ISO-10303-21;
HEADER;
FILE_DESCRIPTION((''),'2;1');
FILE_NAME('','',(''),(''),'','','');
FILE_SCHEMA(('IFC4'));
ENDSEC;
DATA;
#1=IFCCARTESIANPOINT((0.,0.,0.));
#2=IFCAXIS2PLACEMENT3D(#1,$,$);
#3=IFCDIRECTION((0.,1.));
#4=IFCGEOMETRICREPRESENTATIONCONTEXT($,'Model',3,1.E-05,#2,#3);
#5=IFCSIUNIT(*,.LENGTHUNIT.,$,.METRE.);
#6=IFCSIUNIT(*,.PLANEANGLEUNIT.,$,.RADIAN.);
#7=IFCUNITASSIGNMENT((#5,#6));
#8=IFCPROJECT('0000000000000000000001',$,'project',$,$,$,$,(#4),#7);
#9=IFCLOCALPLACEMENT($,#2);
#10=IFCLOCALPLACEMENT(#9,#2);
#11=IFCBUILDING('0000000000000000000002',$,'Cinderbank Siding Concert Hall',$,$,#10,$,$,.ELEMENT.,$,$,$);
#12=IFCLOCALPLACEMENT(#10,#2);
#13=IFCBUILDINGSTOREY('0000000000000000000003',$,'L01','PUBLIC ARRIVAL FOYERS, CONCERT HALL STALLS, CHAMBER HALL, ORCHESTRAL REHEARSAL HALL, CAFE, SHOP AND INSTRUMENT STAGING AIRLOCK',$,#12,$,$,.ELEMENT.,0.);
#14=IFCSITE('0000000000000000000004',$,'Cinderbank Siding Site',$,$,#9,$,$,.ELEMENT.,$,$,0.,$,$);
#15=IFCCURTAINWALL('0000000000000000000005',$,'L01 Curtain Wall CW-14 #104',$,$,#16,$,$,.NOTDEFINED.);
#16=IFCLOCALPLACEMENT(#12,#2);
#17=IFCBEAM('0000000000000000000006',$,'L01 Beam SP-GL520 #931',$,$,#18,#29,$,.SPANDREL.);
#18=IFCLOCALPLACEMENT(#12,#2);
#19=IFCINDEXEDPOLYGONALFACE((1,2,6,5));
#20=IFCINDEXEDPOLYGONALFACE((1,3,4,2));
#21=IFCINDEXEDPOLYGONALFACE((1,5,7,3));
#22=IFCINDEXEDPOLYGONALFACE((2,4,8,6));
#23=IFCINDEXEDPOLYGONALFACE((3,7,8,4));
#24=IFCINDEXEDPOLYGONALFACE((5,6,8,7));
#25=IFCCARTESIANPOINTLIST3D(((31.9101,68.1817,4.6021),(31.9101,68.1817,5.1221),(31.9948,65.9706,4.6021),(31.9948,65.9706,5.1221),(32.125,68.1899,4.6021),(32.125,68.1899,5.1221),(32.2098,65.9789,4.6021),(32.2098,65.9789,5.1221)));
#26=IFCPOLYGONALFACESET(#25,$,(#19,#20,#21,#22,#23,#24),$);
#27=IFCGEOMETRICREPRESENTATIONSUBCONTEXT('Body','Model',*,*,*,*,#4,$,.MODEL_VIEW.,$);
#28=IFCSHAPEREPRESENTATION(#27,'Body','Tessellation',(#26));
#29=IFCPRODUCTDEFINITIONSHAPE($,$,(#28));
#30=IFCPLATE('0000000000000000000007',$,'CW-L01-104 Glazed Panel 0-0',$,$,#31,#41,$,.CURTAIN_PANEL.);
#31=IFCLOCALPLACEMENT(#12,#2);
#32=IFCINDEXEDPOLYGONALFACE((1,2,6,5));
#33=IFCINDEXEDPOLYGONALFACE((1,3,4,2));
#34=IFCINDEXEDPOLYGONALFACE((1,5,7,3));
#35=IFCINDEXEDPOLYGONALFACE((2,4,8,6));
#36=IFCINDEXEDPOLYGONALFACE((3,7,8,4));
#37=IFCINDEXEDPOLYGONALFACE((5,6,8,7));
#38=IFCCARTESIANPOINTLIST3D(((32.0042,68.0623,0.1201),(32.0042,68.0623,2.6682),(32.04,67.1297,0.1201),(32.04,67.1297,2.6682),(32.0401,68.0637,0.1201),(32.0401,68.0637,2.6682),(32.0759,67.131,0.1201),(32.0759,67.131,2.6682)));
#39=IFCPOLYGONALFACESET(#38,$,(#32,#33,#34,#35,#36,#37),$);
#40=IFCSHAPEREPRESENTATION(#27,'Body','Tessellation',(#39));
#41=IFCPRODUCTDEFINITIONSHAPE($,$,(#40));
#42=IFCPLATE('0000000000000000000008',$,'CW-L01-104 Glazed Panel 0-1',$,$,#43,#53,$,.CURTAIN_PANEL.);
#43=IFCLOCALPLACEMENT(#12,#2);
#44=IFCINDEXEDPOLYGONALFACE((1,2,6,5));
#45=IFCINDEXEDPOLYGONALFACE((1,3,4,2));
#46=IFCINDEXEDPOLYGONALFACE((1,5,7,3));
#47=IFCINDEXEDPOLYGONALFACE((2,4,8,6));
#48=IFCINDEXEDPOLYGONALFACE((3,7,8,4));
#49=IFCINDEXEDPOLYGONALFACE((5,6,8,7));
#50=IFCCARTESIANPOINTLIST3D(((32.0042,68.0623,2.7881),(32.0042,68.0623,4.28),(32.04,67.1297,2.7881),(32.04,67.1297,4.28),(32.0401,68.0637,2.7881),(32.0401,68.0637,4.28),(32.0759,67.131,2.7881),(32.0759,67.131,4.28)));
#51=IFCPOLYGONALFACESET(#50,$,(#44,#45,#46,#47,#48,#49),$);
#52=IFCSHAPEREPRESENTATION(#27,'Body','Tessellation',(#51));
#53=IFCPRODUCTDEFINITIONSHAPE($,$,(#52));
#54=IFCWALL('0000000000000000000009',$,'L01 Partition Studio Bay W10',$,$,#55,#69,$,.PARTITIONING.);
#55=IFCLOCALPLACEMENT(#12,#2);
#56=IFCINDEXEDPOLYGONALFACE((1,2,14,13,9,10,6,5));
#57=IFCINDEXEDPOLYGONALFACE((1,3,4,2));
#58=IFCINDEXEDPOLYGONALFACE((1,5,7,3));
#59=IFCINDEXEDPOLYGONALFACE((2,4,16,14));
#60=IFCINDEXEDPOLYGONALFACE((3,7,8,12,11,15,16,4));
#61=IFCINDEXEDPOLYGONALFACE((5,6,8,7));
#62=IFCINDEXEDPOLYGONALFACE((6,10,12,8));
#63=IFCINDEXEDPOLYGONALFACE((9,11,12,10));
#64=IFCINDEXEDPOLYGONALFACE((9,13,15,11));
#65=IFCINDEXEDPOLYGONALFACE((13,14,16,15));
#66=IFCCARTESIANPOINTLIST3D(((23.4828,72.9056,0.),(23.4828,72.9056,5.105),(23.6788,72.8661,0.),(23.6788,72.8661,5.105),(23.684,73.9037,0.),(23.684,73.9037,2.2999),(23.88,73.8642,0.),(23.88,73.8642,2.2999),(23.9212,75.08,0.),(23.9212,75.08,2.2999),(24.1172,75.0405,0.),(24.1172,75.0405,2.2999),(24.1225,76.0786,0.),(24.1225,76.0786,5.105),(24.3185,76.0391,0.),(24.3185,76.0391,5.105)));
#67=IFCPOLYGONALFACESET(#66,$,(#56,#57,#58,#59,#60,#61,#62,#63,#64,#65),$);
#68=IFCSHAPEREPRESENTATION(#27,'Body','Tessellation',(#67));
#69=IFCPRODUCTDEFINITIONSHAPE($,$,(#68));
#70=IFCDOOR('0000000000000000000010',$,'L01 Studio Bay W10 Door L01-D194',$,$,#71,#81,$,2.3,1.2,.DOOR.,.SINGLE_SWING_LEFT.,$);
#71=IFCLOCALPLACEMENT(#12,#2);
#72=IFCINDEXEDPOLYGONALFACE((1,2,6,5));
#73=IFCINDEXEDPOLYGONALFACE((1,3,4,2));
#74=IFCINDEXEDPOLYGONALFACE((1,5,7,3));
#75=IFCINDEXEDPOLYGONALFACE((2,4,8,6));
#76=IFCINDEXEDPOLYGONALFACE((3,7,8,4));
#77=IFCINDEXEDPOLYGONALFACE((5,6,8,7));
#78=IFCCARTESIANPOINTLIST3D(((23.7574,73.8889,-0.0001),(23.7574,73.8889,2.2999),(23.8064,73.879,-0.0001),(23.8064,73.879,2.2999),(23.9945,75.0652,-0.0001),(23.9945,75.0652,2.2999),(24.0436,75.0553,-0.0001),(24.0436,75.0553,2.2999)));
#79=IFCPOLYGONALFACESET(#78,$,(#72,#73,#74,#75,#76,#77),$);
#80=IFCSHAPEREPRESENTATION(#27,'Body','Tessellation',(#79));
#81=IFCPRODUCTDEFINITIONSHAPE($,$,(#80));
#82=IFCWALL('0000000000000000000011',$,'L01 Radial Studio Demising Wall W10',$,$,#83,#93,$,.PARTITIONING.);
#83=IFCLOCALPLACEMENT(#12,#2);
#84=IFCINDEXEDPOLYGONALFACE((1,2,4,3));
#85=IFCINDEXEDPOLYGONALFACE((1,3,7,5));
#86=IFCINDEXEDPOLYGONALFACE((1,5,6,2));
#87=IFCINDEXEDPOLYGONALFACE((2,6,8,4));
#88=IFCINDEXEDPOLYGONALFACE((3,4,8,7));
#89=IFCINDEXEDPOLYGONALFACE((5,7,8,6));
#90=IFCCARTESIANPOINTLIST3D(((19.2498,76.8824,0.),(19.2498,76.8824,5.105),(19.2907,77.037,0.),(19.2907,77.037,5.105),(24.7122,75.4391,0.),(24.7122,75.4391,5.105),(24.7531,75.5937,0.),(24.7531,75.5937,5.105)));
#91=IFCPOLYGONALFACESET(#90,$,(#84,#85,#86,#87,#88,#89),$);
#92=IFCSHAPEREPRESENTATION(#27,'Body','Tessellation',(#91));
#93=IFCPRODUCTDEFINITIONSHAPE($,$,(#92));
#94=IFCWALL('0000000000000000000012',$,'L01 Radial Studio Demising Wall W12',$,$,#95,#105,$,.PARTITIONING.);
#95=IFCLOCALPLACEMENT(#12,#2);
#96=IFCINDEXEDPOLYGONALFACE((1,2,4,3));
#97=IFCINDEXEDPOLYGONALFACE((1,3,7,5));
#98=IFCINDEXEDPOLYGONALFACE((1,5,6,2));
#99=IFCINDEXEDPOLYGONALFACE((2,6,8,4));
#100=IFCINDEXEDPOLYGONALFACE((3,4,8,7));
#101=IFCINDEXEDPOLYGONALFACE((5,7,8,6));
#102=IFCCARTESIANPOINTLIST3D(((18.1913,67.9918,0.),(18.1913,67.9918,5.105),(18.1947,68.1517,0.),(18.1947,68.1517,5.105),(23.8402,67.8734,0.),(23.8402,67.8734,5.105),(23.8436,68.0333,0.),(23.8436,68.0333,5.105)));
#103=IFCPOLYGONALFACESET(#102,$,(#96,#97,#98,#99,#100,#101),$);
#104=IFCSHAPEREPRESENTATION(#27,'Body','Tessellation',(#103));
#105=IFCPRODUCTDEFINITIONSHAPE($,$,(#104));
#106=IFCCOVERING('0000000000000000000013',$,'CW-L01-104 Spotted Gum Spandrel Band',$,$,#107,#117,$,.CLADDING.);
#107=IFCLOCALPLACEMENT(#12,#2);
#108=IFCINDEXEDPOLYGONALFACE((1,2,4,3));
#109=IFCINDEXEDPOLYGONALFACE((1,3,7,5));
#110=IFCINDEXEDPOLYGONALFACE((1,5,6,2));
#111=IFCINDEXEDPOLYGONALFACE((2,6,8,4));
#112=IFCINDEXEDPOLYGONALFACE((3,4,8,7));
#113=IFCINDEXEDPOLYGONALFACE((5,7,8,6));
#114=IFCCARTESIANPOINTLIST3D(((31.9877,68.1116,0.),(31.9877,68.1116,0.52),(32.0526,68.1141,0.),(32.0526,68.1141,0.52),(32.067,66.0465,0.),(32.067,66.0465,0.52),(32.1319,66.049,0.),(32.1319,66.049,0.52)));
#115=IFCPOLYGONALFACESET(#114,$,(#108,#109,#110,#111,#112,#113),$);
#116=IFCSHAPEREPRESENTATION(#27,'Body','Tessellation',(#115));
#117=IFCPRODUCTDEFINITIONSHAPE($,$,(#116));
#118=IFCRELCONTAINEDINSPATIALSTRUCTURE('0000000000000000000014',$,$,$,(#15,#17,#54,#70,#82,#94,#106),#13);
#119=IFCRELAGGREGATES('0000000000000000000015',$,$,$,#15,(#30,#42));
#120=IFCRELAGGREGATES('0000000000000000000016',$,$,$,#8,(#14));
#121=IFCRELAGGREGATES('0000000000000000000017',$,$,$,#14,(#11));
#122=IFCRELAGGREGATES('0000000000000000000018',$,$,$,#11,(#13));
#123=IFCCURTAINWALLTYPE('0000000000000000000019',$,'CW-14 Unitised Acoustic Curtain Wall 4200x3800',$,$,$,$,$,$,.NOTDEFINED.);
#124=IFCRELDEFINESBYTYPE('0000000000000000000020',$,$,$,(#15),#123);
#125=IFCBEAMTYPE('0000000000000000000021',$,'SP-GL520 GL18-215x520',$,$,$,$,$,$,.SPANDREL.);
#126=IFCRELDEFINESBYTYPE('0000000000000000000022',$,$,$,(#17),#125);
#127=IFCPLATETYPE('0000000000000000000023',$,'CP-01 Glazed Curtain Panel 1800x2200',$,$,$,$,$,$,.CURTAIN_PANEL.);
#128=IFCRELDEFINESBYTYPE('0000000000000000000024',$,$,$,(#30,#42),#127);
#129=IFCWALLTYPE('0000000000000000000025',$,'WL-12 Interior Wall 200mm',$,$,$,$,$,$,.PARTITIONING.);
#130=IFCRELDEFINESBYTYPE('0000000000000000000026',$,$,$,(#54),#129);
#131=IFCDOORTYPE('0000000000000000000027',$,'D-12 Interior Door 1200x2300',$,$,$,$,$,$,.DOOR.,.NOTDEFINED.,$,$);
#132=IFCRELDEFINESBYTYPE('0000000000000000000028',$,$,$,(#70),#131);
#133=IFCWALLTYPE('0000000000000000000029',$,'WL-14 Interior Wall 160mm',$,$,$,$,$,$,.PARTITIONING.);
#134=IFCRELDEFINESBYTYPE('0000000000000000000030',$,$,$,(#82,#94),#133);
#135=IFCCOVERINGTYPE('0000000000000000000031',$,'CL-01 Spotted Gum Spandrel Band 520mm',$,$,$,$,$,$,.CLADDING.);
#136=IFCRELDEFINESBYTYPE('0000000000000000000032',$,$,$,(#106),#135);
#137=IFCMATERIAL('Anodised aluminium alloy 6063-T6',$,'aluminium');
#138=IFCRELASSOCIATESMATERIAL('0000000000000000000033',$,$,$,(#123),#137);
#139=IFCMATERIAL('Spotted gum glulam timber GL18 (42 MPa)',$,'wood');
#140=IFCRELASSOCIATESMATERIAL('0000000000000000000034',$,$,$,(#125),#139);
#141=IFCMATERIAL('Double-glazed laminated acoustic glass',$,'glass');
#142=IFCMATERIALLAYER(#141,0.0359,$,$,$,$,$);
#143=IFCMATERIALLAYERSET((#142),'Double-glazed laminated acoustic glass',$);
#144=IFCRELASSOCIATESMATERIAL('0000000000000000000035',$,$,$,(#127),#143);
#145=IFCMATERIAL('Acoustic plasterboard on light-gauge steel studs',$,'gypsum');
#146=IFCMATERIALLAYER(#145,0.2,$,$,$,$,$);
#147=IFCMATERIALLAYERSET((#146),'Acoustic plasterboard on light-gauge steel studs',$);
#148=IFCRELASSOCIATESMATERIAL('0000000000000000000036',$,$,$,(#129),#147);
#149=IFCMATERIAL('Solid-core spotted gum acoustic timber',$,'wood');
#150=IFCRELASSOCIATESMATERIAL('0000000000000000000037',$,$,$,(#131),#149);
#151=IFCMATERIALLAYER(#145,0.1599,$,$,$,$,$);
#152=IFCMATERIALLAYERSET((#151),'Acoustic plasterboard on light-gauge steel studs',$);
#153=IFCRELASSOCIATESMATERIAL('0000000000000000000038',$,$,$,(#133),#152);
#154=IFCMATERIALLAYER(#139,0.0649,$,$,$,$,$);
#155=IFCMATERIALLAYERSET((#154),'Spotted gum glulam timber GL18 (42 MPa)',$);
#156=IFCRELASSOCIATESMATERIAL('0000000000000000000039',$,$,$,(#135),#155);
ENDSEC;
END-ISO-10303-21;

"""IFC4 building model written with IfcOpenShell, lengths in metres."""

from ifc_helpers import new_model, si_unit, direction, frame, frame_2d, origin, origin_2d, place, context, subcontext, project, spatial, rectangle, extrude, material, layer, layer_set, material_profile, profile_set, type_object, element, fill, aggregate, save


model = new_model("IFC4")

# Units and contexts
model_context = context("Model", 3, precision=1e-05, world=origin(), true_north=direction((0.0, 1.0)))
body_context = subcontext(model_context, "Body", "Model", "MODEL_VIEW")
ifc_project = project(units=[si_unit("LENGTHUNIT", "METRE"), si_unit("PLANEANGLEUNIT", "RADIAN")], contexts=[model_context])

# Site, building, storey
site_placement = place(None, origin())
site = spatial("IfcSite", under=ifc_project, at=site_placement, Name="Cinderbank Siding Site", CompositionType="ELEMENT", RefElevation=0.0)
building_placement = place(site_placement, origin())
building = spatial("IfcBuilding", under=site, at=building_placement, Name="Cinderbank Siding Concert Hall", CompositionType="ELEMENT")
storey_placement = place(building_placement, origin())
storey = spatial("IfcBuildingStorey", under=building, at=storey_placement, Name="L01", Description="PUBLIC ARRIVAL FOYERS, CONCERT HALL STALLS, CHAMBER HALL, ORCHESTRAL REHEARSAL HALL, CAFE, SHOP AND INSTRUMENT STAGING AIRLOCK", CompositionType="ELEMENT", Elevation=0.0)

# Curtain wall
ifc_material_1 = material(Name="Anodised aluminium alloy 6063-T6", Category="aluminium")
curtain_wall_type_1 = type_object("IfcCurtainWallType", Name="CW-14 Unitised Acoustic Curtain Wall 4200x3800", PredefinedType="NOTDEFINED", material=ifc_material_1)
curtain_wall_1_placement = place(storey_placement, origin())
curtain_wall_1 = element("IfcCurtainWall", 1, at=curtain_wall_1_placement, inside=storey, type_object=curtain_wall_type_1, Name="L01 Curtain Wall CW-14 #104", PredefinedType="NOTDEFINED")

# Beam
ifc_material_2 = material(Name="Spotted gum glulam timber GL18 (42 MPa)", Category="wood")
ifc_material_profile_1 = material_profile(ifc_material_2, rectangle(XDim=0.2151, YDim=0.52, at=origin_2d()), Name="GL18-215x520", Category="LoadBearing")
ifc_profile_set_1 = profile_set([ifc_material_profile_1], Name="Spotted gum glulam timber GL18 (42 MPa)")
beam_type_1 = type_object("IfcBeamType", Name="SP-GL520 GL18-215x520", PredefinedType="SPANDREL", material=ifc_profile_set_1)
beam_1_placement = place(storey_placement, frame((32.0176, 68.1858, 4.8621), z_axis=(0.038289, -0.999267, 0.0), x_axis=(0.999267, 0.038289, 0.0)))
element("IfcBeam", 2, at=beam_1_placement, inside=storey, type_object=beam_type_1, Name="L01 Beam SP-GL520 #931", PredefinedType="SPANDREL", context=body_context, shape_type="SweptSolid", body=[
    extrude(rectangle(XDim=0.2151, YDim=0.52, at=origin_2d()), origin(), (0.0, 0.0, 1.0), 2.2126),
])

# Plates
ifc_material_3 = material(Name="Double-glazed laminated acoustic glass", Category="glass")
ifc_layer_1 = layer(ifc_material_3, 0.0359)
ifc_layer_set_1 = layer_set([ifc_layer_1], Name="Double-glazed laminated acoustic glass")
plate_type = type_object("IfcPlateType", Name="CP-01 Glazed Curtain Panel 1800x2200", PredefinedType="CURTAIN_PANEL", material=ifc_layer_set_1)
plate_1_placement = place(storey_placement, frame((32.04, 67.5967, 0.1201), z_axis=(0.0, 0.0, 1.0), x_axis=(0.03836, -0.999264, 0.0)))
plate_1 = element("IfcPlate", 3, at=plate_1_placement, type_object=plate_type, Name="CW-L01-104 Glazed Panel 0-0", PredefinedType="CURTAIN_PANEL", context=body_context, shape_type="SweptSolid", body=[
    extrude(rectangle(XDim=0.9333, YDim=0.0359, at=origin_2d()), origin(), (0.0, 0.0, 1.0), 2.5481),
])
plate_2_placement = place(storey_placement, frame((32.04, 67.5967, 2.7881), z_axis=(0.0, 0.0, 1.0), x_axis=(0.03836, -0.999264, 0.0)))
plate_2 = element("IfcPlate", 4, at=plate_2_placement, type_object=plate_type, Name="CW-L01-104 Glazed Panel 0-1", PredefinedType="CURTAIN_PANEL", context=body_context, shape_type="SweptSolid", body=[
    extrude(rectangle(XDim=0.9333, YDim=0.0359, at=origin_2d()), origin(), (0.0, 0.0, 1.0), 1.4919),
])
aggregate(curtain_wall_1, [plate_1, plate_2])

# Wall, opening, door
ifc_material_4 = material(Name="Acoustic plasterboard on light-gauge steel studs", Category="gypsum")
ifc_layer_2 = layer(ifc_material_4, 0.2)
ifc_layer_set_2 = layer_set([ifc_layer_2], Name="Acoustic plasterboard on light-gauge steel studs")
wall_type_1 = type_object("IfcWallType", Name="WL-12 Interior Wall 200mm", PredefinedType="PARTITIONING", material=ifc_layer_set_2)
wall_1_placement = place(storey_placement, frame((24.2205, 76.0588, 0.0), z_axis=(0.0, 0.0, 1.0), x_axis=(-0.19761, -0.980281, 0.0)))
wall_1 = element("IfcWall", 5, at=wall_1_placement, inside=storey, type_object=wall_type_1, Name="L01 Partition Studio Bay W10", PredefinedType="PARTITIONING", context=body_context, shape_type="SweptSolid", body=[
    extrude(rectangle(XDim=3.2368, YDim=0.2, at=frame_2d((1.6184, 0.0))), origin(), (0.0, 0.0, 1.0), 5.105),
])
opening_placement = place(wall_1_placement, frame((1.0186, 0.0, 0.0)))
opening = element("IfcOpeningElement", 6, at=opening_placement, cuts=wall_1, PredefinedType="OPENING", context=body_context, shape_type="SweptSolid", body=[
    extrude(rectangle(XDim=1.2, YDim=2.3, at=frame_2d((0.6001, 1.1499))), frame((0.0, 0.1118, 0.0), z_axis=(0.0, -1.0, 0.0), x_axis=(1.0, 0.0, 0.0)), (0.0, 0.0, 1.0), 0.2239),
])
ifc_material_5 = material(Name="Solid-core spotted gum acoustic timber", Category="wood")
door_type = type_object("IfcDoorType", Name="D-12 Interior Door 1200x2300", OperationType="NOTDEFINED", PredefinedType="DOOR", material=ifc_material_5)
door_placement = place(opening_placement, origin())
door = element("IfcDoor", 7, at=door_placement, inside=storey, type_object=door_type, Name="L01 Studio Bay W10 Door L01-D194", OperationType="SINGLE_SWING_LEFT", OverallHeight=2.3, OverallWidth=1.2, PredefinedType="DOOR", context=body_context, shape_type="SweptSolid", body=[
    extrude(rectangle(XDim=1.2, YDim=2.3, at=frame_2d((0.6001, 1.1499))), frame((0.0, 0.0249, 0.0), z_axis=(0.0, -1.0, 0.0), x_axis=(1.0, 0.0, 0.0)), (0.0, 0.0, 1.0), 0.05),
])
fill(opening, door)

# Walls
ifc_layer_3 = layer(ifc_material_4, 0.1599)
ifc_layer_set_3 = layer_set([ifc_layer_3], Name="Acoustic plasterboard on light-gauge steel studs")
wall_type_2 = type_object("IfcWallType", Name="WL-14 Interior Wall 160mm", PredefinedType="PARTITIONING", material=ifc_layer_set_3)
wall_2_placement = place(storey_placement, frame((24.7327, 75.5164, 0.0), z_axis=(0.0, 0.0, 1.0), x_axis=(-0.966818, 0.255467, 0.0)))
element("IfcWall", 8, at=wall_2_placement, inside=storey, type_object=wall_type_2, Name="L01 Radial Studio Demising Wall W10", PredefinedType="PARTITIONING", context=body_context, shape_type="SweptSolid", body=[
    extrude(rectangle(XDim=5.6499, YDim=0.1599, at=frame_2d((2.825, 0.0))), origin(), (0.0, 0.0, 1.0), 5.105),
])
wall_3_placement = place(storey_placement, frame((23.842, 67.9534, 0.0), z_axis=(0.0, 0.0, 1.0), x_axis=(-0.99978, 0.020957, 0.0)))
element("IfcWall", 9, at=wall_3_placement, inside=storey, type_object=wall_type_2, Name="L01 Radial Studio Demising Wall W12", PredefinedType="PARTITIONING", context=body_context, shape_type="SweptSolid", body=[
    extrude(rectangle(XDim=5.6501, YDim=0.1599, at=frame_2d((2.8252, 0.0))), origin(), (0.0, 0.0, 1.0), 5.105),
])

# Covering
ifc_layer_4 = layer(ifc_material_2, 0.0649)
ifc_layer_set_4 = layer_set([ifc_layer_4], Name="Spotted gum glulam timber GL18 (42 MPa)")
covering_type = type_object("IfcCoveringType", Name="CL-01 Spotted Gum Spandrel Band 520mm", PredefinedType="CLADDING", material=ifc_layer_set_4)
covering_placement = place(storey_placement, frame((32.0598, 67.0803, 0.0), z_axis=(0.0, 0.0, 1.0), x_axis=(0.03836, -0.999264, 0.0)))
element("IfcCovering", 10, at=covering_placement, inside=storey, type_object=covering_type, Name="CW-L01-104 Spotted Gum Spandrel Band", PredefinedType="CLADDING", context=body_context, shape_type="SweptSolid", body=[
    extrude(rectangle(XDim=2.0667, YDim=0.0649, at=origin_2d()), origin(), (0.0, 0.0, 1.0), 0.52),
])

save(model, "model.ifc")
